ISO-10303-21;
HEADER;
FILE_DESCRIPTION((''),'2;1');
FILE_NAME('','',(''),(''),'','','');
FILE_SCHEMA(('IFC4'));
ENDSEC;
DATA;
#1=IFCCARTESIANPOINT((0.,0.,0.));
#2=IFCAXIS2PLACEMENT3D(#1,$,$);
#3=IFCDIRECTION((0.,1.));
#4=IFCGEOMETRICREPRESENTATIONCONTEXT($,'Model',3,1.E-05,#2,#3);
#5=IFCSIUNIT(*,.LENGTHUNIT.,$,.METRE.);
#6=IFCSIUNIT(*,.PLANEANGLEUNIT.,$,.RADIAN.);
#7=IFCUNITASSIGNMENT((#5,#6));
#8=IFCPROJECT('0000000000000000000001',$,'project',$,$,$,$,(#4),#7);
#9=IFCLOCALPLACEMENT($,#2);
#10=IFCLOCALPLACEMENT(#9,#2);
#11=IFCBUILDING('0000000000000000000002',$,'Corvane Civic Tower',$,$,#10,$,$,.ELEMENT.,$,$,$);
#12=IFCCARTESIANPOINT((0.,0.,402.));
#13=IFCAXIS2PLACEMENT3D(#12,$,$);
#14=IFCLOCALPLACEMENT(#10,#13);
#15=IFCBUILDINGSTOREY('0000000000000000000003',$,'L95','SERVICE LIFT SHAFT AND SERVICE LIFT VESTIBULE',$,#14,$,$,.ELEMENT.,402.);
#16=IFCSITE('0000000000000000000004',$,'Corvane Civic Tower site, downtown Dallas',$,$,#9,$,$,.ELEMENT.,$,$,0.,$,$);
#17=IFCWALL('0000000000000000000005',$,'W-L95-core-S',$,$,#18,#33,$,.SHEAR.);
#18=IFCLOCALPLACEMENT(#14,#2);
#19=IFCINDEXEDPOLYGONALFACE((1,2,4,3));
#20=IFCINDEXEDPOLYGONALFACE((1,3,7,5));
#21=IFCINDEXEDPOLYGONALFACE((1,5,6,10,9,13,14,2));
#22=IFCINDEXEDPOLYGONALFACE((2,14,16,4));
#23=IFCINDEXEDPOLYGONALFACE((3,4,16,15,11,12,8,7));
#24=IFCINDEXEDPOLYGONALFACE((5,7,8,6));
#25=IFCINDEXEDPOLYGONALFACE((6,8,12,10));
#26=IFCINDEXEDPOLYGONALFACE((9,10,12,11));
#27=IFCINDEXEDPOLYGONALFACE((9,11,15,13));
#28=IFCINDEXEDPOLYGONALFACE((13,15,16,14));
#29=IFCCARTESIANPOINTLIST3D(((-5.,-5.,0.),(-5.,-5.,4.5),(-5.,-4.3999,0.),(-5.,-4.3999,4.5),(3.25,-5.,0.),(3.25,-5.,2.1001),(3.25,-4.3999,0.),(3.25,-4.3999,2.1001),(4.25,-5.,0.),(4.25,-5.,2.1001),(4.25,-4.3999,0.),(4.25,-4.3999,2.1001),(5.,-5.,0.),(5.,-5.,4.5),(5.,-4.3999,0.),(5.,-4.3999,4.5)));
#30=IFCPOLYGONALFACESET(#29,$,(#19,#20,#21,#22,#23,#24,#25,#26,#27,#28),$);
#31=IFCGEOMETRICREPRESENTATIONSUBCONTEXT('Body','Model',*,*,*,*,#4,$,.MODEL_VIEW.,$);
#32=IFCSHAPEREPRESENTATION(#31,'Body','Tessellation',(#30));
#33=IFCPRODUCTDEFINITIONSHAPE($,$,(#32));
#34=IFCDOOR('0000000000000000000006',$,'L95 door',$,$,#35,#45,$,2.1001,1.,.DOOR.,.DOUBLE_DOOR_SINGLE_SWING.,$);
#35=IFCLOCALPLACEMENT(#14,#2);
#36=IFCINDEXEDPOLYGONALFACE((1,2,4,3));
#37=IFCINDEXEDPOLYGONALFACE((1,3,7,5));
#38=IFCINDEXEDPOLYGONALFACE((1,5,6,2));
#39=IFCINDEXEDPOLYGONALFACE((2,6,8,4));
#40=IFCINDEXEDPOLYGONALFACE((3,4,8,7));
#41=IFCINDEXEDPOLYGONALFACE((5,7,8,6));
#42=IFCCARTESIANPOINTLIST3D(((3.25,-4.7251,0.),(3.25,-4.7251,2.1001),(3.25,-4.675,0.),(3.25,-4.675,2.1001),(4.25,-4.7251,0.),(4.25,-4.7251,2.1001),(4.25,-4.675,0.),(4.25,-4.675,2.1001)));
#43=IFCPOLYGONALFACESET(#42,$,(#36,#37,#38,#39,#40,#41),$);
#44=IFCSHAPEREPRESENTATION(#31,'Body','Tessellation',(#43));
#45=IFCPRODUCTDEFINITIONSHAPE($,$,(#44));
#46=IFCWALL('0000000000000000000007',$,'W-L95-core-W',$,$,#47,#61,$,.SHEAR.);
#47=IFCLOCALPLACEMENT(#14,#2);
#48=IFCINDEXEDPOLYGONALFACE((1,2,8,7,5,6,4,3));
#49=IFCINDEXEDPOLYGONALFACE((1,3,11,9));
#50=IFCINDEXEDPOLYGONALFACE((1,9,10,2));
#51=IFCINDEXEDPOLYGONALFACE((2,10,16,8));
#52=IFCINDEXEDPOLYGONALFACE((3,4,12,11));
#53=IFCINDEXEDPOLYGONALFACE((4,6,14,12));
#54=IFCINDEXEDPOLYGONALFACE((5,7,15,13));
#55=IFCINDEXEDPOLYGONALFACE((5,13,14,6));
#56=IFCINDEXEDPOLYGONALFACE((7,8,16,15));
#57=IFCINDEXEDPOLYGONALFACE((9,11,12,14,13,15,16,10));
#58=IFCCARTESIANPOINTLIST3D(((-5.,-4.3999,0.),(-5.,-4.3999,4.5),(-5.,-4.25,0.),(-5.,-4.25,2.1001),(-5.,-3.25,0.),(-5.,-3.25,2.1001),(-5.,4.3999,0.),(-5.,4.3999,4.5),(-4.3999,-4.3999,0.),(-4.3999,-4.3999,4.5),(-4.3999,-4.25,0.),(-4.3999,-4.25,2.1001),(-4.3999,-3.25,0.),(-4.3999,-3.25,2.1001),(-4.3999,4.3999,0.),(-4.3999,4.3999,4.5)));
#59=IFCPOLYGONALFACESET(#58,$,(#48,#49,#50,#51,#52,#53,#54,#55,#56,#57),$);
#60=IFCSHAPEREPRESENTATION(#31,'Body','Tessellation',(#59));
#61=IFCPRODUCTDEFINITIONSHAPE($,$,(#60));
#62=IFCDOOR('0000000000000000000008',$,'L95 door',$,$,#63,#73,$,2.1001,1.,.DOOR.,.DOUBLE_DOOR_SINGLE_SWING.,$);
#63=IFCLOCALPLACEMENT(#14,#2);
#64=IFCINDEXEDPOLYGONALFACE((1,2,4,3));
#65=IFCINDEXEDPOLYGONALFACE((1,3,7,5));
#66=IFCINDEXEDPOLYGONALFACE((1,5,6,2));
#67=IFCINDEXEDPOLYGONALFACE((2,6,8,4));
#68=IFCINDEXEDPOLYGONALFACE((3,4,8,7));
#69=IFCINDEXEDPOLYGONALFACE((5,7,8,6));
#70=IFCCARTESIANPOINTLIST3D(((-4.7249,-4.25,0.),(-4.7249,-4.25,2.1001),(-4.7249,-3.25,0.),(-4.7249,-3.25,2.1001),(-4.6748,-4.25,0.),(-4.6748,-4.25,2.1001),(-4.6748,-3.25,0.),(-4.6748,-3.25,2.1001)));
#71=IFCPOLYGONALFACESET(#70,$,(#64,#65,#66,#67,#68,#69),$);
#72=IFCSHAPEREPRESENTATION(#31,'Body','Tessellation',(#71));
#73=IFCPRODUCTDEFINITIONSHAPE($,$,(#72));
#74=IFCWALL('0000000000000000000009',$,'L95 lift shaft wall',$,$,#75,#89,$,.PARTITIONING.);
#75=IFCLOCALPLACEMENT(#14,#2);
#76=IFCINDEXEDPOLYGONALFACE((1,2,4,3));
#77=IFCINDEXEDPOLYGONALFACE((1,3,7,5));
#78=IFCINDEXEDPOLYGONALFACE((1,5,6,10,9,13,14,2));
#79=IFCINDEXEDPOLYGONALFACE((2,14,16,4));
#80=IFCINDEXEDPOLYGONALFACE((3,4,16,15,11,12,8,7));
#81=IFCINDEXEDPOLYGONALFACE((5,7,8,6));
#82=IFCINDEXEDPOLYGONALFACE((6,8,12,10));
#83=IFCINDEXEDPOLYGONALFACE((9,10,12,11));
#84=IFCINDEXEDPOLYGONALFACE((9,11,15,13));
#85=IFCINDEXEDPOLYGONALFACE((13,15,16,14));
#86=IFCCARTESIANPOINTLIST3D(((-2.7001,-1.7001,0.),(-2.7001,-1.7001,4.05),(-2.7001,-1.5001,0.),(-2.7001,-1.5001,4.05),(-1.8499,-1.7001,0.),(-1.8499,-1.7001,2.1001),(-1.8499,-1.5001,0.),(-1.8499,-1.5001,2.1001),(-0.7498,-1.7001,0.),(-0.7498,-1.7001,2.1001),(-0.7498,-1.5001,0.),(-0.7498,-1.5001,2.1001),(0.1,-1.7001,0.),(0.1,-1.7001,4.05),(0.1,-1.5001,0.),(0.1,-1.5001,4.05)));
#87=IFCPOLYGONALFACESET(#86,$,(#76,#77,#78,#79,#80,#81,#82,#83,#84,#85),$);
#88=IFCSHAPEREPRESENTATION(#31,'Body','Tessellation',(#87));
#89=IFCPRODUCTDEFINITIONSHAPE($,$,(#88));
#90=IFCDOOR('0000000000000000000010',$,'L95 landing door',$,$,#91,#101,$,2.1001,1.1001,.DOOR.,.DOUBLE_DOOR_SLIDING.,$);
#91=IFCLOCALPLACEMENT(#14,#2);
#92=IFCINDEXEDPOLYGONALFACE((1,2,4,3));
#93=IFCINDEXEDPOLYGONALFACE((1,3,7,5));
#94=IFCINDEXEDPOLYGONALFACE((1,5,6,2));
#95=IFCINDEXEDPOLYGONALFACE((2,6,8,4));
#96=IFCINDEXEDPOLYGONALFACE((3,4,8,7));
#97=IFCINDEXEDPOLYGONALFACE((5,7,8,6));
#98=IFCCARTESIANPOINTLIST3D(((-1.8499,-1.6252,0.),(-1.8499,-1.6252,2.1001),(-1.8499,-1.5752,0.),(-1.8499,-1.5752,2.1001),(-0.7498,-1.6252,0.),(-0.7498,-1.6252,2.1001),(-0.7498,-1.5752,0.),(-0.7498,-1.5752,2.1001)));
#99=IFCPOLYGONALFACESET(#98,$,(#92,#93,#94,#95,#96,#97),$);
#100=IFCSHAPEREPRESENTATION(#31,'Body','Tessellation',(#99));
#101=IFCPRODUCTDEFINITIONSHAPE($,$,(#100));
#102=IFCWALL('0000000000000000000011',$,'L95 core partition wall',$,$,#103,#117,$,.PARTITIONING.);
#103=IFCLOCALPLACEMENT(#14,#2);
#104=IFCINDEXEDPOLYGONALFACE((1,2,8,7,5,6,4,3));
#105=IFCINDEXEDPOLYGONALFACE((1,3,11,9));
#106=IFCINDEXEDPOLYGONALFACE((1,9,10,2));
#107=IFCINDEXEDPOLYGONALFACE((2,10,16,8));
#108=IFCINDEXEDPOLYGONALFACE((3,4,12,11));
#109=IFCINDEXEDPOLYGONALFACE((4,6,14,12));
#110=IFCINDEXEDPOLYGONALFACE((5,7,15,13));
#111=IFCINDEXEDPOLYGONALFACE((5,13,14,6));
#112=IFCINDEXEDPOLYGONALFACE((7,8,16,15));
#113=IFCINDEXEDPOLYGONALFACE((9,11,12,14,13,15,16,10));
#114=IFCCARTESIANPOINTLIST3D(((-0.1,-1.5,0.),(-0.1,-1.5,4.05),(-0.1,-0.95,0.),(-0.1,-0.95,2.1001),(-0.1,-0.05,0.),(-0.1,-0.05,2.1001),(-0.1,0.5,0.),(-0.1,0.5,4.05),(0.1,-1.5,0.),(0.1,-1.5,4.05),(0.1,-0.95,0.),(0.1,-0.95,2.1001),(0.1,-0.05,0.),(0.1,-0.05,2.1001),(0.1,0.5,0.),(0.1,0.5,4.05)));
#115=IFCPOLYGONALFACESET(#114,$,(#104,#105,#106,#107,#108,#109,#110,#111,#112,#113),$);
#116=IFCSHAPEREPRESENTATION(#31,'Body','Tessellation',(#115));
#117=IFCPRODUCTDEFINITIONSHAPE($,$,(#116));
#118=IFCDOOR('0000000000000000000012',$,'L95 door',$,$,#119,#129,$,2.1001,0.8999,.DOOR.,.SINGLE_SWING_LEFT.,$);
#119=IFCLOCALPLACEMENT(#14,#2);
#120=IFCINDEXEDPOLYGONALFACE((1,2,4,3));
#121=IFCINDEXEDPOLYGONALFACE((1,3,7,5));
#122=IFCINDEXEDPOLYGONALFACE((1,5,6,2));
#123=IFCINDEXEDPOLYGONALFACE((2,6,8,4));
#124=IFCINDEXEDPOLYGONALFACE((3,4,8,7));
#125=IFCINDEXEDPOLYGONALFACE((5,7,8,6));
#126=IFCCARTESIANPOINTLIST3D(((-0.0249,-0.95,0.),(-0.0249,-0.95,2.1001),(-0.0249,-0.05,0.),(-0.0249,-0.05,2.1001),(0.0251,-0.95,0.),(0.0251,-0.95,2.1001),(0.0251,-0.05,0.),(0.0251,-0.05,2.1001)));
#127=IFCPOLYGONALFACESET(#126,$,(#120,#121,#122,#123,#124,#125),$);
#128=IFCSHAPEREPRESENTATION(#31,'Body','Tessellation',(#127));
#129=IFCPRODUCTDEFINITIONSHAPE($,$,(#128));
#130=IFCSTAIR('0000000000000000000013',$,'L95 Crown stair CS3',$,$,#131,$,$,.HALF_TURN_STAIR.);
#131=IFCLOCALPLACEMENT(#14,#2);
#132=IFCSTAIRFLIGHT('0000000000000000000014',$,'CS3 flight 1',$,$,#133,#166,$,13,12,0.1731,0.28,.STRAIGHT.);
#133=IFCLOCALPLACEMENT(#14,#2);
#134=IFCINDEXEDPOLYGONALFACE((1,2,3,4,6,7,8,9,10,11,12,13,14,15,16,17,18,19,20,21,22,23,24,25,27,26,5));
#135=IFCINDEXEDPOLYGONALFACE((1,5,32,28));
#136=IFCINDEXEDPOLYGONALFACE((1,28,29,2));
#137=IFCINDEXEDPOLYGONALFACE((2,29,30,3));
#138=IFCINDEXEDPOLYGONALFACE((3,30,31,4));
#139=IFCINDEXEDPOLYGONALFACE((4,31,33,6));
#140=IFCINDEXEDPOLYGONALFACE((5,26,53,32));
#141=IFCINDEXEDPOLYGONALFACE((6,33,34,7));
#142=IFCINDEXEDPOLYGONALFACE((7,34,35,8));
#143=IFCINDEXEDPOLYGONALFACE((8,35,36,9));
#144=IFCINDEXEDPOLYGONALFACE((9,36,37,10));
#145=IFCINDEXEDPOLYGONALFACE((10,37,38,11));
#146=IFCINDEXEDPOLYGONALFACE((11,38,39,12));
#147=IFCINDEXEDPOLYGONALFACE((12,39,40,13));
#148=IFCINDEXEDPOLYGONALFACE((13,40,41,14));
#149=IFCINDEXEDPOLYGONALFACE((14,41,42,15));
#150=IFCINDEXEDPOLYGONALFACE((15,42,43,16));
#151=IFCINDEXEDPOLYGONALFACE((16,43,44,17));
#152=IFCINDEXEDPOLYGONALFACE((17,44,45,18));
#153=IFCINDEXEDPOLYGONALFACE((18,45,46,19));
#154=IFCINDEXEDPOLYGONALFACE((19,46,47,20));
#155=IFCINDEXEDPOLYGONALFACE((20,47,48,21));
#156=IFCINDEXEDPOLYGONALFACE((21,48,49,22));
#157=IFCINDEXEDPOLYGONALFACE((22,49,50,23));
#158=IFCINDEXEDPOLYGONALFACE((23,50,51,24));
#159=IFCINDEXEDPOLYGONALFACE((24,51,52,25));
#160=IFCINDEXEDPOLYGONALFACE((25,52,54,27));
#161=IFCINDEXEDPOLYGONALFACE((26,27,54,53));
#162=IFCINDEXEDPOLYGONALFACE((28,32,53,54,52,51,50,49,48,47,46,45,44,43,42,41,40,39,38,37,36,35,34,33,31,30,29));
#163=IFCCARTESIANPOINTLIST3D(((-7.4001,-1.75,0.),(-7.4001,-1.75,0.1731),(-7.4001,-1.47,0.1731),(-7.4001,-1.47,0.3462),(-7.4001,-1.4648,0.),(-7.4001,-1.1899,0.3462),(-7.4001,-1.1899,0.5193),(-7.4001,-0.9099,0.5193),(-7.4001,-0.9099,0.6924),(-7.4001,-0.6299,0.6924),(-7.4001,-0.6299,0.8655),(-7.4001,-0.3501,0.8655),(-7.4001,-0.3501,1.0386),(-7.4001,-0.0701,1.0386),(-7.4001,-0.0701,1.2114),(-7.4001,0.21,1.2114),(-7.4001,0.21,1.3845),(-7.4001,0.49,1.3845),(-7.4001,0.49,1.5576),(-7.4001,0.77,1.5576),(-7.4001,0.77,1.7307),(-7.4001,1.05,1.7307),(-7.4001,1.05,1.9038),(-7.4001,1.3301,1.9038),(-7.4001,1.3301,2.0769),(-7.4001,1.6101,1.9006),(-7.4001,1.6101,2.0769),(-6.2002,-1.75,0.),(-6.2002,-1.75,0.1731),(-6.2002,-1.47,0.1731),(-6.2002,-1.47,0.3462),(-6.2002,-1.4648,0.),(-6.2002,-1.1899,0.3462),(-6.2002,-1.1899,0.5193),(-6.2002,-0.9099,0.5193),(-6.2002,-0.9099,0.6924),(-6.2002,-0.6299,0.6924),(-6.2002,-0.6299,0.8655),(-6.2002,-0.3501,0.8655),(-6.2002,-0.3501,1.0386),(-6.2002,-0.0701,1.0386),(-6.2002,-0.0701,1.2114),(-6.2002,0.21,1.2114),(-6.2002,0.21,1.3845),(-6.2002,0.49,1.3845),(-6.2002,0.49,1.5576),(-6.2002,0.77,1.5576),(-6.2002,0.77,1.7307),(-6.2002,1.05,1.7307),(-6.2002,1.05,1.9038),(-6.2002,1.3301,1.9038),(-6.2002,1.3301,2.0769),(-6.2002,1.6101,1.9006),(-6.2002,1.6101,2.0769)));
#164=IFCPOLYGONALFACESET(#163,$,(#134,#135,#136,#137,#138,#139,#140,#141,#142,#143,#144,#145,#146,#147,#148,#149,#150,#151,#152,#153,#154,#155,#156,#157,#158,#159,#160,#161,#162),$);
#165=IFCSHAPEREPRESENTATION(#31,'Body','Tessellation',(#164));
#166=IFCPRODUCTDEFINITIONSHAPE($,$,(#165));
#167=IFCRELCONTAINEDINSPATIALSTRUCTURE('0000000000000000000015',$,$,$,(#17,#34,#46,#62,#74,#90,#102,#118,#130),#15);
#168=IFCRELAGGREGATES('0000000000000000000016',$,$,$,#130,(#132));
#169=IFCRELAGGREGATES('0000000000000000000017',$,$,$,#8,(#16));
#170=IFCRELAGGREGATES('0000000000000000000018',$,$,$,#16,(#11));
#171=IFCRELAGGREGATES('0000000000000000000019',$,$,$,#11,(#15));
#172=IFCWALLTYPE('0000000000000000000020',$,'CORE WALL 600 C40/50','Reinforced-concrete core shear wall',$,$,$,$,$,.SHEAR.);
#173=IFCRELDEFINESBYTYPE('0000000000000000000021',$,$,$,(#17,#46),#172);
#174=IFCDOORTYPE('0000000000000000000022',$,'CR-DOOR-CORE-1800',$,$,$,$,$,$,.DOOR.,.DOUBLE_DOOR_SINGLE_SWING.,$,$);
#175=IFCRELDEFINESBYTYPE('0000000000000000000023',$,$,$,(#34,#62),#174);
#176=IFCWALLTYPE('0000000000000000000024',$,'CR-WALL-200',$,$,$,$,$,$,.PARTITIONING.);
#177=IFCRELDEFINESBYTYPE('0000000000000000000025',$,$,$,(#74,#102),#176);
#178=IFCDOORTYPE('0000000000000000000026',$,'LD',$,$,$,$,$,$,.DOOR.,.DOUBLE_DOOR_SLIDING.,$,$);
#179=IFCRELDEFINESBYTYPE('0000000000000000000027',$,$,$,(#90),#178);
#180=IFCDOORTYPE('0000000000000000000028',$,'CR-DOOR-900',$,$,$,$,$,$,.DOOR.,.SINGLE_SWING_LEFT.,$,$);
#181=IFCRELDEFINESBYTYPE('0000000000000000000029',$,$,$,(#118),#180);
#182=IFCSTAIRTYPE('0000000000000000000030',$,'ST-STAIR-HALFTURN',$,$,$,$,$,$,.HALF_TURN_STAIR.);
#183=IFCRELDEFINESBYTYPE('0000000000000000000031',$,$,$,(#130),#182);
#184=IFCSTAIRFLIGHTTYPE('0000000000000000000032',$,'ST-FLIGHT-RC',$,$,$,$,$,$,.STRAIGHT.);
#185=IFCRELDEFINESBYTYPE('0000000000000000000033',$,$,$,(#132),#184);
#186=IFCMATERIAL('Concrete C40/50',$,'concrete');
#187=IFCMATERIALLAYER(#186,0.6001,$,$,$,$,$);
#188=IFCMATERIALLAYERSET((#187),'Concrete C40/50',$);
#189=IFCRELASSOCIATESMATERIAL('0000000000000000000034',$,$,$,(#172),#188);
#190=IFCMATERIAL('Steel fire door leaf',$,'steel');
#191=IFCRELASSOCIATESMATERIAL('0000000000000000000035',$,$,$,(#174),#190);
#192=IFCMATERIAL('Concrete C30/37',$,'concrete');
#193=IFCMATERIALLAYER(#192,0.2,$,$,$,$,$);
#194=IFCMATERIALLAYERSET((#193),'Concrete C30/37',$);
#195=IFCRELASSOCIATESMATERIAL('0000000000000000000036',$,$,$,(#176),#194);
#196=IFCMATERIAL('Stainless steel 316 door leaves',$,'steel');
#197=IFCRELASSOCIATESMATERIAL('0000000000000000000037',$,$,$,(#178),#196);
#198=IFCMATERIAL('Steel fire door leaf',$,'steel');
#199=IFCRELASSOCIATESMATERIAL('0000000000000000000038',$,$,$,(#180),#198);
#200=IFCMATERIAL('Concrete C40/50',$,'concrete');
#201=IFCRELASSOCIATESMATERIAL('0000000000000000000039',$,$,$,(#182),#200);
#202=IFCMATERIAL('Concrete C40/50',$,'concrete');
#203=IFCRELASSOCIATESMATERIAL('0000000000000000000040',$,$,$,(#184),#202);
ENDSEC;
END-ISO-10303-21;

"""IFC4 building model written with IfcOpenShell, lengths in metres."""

from ifc_helpers import new_model, si_unit, direction, frame, frame_2d, origin, place, context, subcontext, project, spatial, polyline, rectangle, outline, extrude, material, layer, layer_set, type_object, element, fill, aggregate, save


model = new_model("IFC4")

# Units and contexts
model_context = context("Model", 3, precision=1e-05, world=origin(), true_north=direction((0.0, 1.0)))
body_context = subcontext(model_context, "Body", "Model", "MODEL_VIEW")
ifc_project = project(units=[si_unit("LENGTHUNIT", "METRE"), si_unit("PLANEANGLEUNIT", "RADIAN")], contexts=[model_context])

# Site, building, storey
site_placement = place(None, origin())
site = spatial("IfcSite", under=ifc_project, at=site_placement, Name="Corvane Civic Tower site, downtown Dallas", CompositionType="ELEMENT", RefElevation=0.0)
building_placement = place(site_placement, origin())
building = spatial("IfcBuilding", under=site, at=building_placement, Name="Corvane Civic Tower", CompositionType="ELEMENT")
storey_placement = place(building_placement, frame((0.0, 0.0, 402.0)))
storey = spatial("IfcBuildingStorey", under=building, at=storey_placement, Name="L95", Description="SERVICE LIFT SHAFT AND SERVICE LIFT VESTIBULE", CompositionType="ELEMENT", Elevation=402.0)

# Walls, openings, doors
ifc_material_1 = material(Name="Concrete C40/50", Category="concrete")
ifc_layer_1 = layer(ifc_material_1, 0.6001)
ifc_layer_set_1 = layer_set([ifc_layer_1], Name="Concrete C40/50")
wall_type_1 = type_object("IfcWallType", Name="CORE WALL 600 C40/50", Description="Reinforced-concrete core shear wall", PredefinedType="SHEAR", material=ifc_layer_set_1)
wall_1_placement = place(storey_placement, frame((-5.0, -4.7, 0.0), z_axis=(0.0, 0.0, 1.0), x_axis=(1.0, 0.0, 0.0)))
wall_1 = element("IfcWall", 1, at=wall_1_placement, inside=storey, type_object=wall_type_1, Name="W-L95-core-S", PredefinedType="SHEAR", context=body_context, shape_type="SweptSolid", body=[
    extrude(rectangle(XDim=10.0, YDim=0.6001, at=frame_2d((5.0, 0.0))), origin(), (0.0, 0.0, 1.0), 4.5),
])
opening_1_placement = place(wall_1_placement, frame((8.25, 0.0, 0.0)))
opening_1 = element("IfcOpeningElement", 2, at=opening_1_placement, cuts=wall_1, PredefinedType="OPENING", context=body_context, shape_type="SweptSolid", body=[
    extrude(rectangle(XDim=1.0, YDim=2.1001, at=frame_2d((0.5, 1.05))), frame((0.0, 0.3101, 0.0), z_axis=(0.0, -1.0, 0.0), x_axis=(1.0, 0.0, 0.0)), (0.0, 0.0, 1.0), 0.6201),
])
ifc_material_2 = material(Name="Steel fire door leaf", Category="steel")
door_type_1 = type_object("IfcDoorType", Name="CR-DOOR-CORE-1800", OperationType="DOUBLE_DOOR_SINGLE_SWING", PredefinedType="DOOR", material=ifc_material_2)
door_1_placement = place(opening_1_placement, origin())
door_1 = element("IfcDoor", 3, at=door_1_placement, inside=storey, type_object=door_type_1, Name="L95 door", OperationType="DOUBLE_DOOR_SINGLE_SWING", OverallHeight=2.1001, OverallWidth=1.0, PredefinedType="DOOR", context=body_context, shape_type="SweptSolid", body=[
    extrude(rectangle(XDim=1.0, YDim=2.1001, at=frame_2d((0.5, 1.05))), frame((0.0, 0.0249, 0.0), z_axis=(0.0, -1.0, 0.0), x_axis=(1.0, 0.0, 0.0)), (0.0, 0.0, 1.0), 0.05),
])
fill(opening_1, door_1)
wall_2_placement = place(storey_placement, frame((-4.7, -4.3999, 0.0), z_axis=(0.0, 0.0, 1.0), x_axis=(0.0, 1.0, 0.0)))
wall_2 = element("IfcWall", 4, at=wall_2_placement, inside=storey, type_object=wall_type_1, Name="W-L95-core-W", PredefinedType="SHEAR", context=body_context, shape_type="SweptSolid", body=[
    extrude(rectangle(XDim=8.7998, YDim=0.6001, at=frame_2d((4.3999, 0.0))), origin(), (0.0, 0.0, 1.0), 4.5),
])
opening_2_placement = place(wall_2_placement, frame((0.1499, 0.0, 0.0)))
opening_2 = element("IfcOpeningElement", 5, at=opening_2_placement, cuts=wall_2, PredefinedType="OPENING", context=body_context, shape_type="SweptSolid", body=[
    extrude(rectangle(XDim=1.0, YDim=2.1001, at=frame_2d((0.5, 1.05))), frame((0.0, 0.3101, 0.0), z_axis=(0.0, -1.0, 0.0), x_axis=(1.0, 0.0, 0.0)), (0.0, 0.0, 1.0), 0.6201),
])
door_2_placement = place(opening_2_placement, origin())
door_2 = element("IfcDoor", 6, at=door_2_placement, inside=storey, type_object=door_type_1, Name="L95 door", OperationType="DOUBLE_DOOR_SINGLE_SWING", OverallHeight=2.1001, OverallWidth=1.0, PredefinedType="DOOR", context=body_context, shape_type="SweptSolid", body=[
    extrude(rectangle(XDim=1.0, YDim=2.1001, at=frame_2d((0.5, 1.05))), frame((0.0, 0.0249, 0.0), z_axis=(0.0, -1.0, 0.0), x_axis=(1.0, 0.0, 0.0)), (0.0, 0.0, 1.0), 0.05),
])
fill(opening_2, door_2)
ifc_material_3 = material(Name="Concrete C30/37", Category="concrete")
ifc_layer_2 = layer(ifc_material_3, 0.2)
ifc_layer_set_2 = layer_set([ifc_layer_2], Name="Concrete C30/37")
wall_type_2 = type_object("IfcWallType", Name="CR-WALL-200", PredefinedType="PARTITIONING", material=ifc_layer_set_2)
wall_3_placement = place(storey_placement, frame((-2.7, -1.6001, 0.0), z_axis=(0.0, 0.0, 1.0), x_axis=(1.0, 0.0, 0.0)))
wall_3 = element("IfcWall", 7, at=wall_3_placement, inside=storey, type_object=wall_type_2, Name="L95 lift shaft wall", PredefinedType="PARTITIONING", context=body_context, shape_type="SweptSolid", body=[
    extrude(rectangle(XDim=2.8, YDim=0.2, at=frame_2d((1.3999, 0.0))), origin(), (0.0, 0.0, 1.0), 4.05),
])
opening_3_placement = place(wall_3_placement, frame((0.8501, 0.0, 0.0)))
opening_3 = element("IfcOpeningElement", 8, at=opening_3_placement, cuts=wall_3, PredefinedType="OPENING", context=body_context, shape_type="SweptSolid", body=[
    extrude(rectangle(XDim=1.1001, YDim=2.1001, at=frame_2d((0.55, 1.05))), frame((0.0, 0.1099, 0.0), z_axis=(0.0, -1.0, 0.0), x_axis=(1.0, 0.0, 0.0)), (0.0, 0.0, 1.0), 0.22),
])
ifc_material_4 = material(Name="Stainless steel 316 door leaves", Category="steel")
door_type_2 = type_object("IfcDoorType", Name="LD", OperationType="DOUBLE_DOOR_SLIDING", PredefinedType="DOOR", material=ifc_material_4)
door_3_placement = place(opening_3_placement, origin())
door_3 = element("IfcDoor", 9, at=door_3_placement, inside=storey, type_object=door_type_2, Name="L95 landing door", OperationType="DOUBLE_DOOR_SLIDING", OverallHeight=2.1001, OverallWidth=1.1001, PredefinedType="DOOR", context=body_context, shape_type="SweptSolid", body=[
    extrude(rectangle(XDim=1.1001, YDim=2.1001, at=frame_2d((0.55, 1.05))), frame((0.0, 0.0249, 0.0), z_axis=(0.0, -1.0, 0.0), x_axis=(1.0, 0.0, 0.0)), (0.0, 0.0, 1.0), 0.05),
])
fill(opening_3, door_3)
wall_4_placement = place(storey_placement, frame((0.0, -1.5, 0.0), z_axis=(0.0, 0.0, 1.0), x_axis=(0.0, 1.0, 0.0)))
wall_4 = element("IfcWall", 10, at=wall_4_placement, inside=storey, type_object=wall_type_2, Name="L95 core partition wall", PredefinedType="PARTITIONING", context=body_context, shape_type="SweptSolid", body=[
    extrude(rectangle(XDim=2.0, YDim=0.2, at=frame_2d((1.0, 0.0))), origin(), (0.0, 0.0, 1.0), 4.05),
])
opening_4_placement = place(wall_4_placement, frame((0.55, 0.0, 0.0)))
opening_4 = element("IfcOpeningElement", 11, at=opening_4_placement, cuts=wall_4, PredefinedType="OPENING", context=body_context, shape_type="SweptSolid", body=[
    extrude(rectangle(XDim=0.8999, YDim=2.1001, at=frame_2d((0.45, 1.05))), frame((0.0, 0.1099, 0.0), z_axis=(0.0, -1.0, 0.0), x_axis=(1.0, 0.0, 0.0)), (0.0, 0.0, 1.0), 0.22),
])
ifc_material_5 = material(Name="Steel fire door leaf", Category="steel")
door_type_3 = type_object("IfcDoorType", Name="CR-DOOR-900", OperationType="SINGLE_SWING_LEFT", PredefinedType="DOOR", material=ifc_material_5)
door_4_placement = place(opening_4_placement, origin())
door_4 = element("IfcDoor", 12, at=door_4_placement, inside=storey, type_object=door_type_3, Name="L95 door", OperationType="SINGLE_SWING_LEFT", OverallHeight=2.1001, OverallWidth=0.8999, PredefinedType="DOOR", context=body_context, shape_type="SweptSolid", body=[
    extrude(rectangle(XDim=0.8999, YDim=2.1001, at=frame_2d((0.45, 1.05))), frame((0.0, 0.0249, 0.0), z_axis=(0.0, -1.0, 0.0), x_axis=(1.0, 0.0, 0.0)), (0.0, 0.0, 1.0), 0.05),
])
fill(opening_4, door_4)

# Stair, stair flight
ifc_material_6 = material(Name="Concrete C40/50", Category="concrete")
stair_type = type_object("IfcStairType", Name="ST-STAIR-HALFTURN", PredefinedType="HALF_TURN_STAIR", material=ifc_material_6)
stair_1_placement = place(storey_placement, origin())
stair_1 = element("IfcStair", 13, at=stair_1_placement, inside=storey, type_object=stair_type, Name="L95 Crown stair CS3", PredefinedType="HALF_TURN_STAIR")
ifc_material_7 = material(Name="Concrete C40/50", Category="concrete")
stair_flight_type = type_object("IfcStairFlightType", Name="ST-FLIGHT-RC", PredefinedType="STRAIGHT", material=ifc_material_7)
stair_flight_1_placement = place(storey_placement, frame((-6.8, -1.75, 0.0), z_axis=(0.0, 0.0, 1.0), x_axis=(0.0, 1.0, 0.0)))
stair_flight_1 = element("IfcStairFlight", 14, at=stair_flight_1_placement, type_object=stair_flight_type, Name="CS3 flight 1", NumberOfRisers=13, NumberOfTreads=12, PredefinedType="STRAIGHT", RiserHeight=0.1731, TreadLength=0.28, context=body_context, shape_type="SweptSolid", body=[
    extrude(outline(polyline([(0.0, 0.0), (0.0, 0.1731), (0.28, 0.1731), (0.28, 0.3462), (0.5601, 0.3462), (0.5601, 0.5193), (0.8401, 0.5193), (0.8401, 0.6924), (1.1201, 0.6924), (1.1201, 0.8655), (1.3999, 0.8655), (1.3999, 1.0386), (1.6799, 1.0386), (1.6799, 1.2114), (1.96, 1.2114), (1.96, 1.3845), (2.24, 1.3845), (2.24, 1.5576), (2.52, 1.5576), (2.52, 1.7307), (2.8, 1.7307), (2.8, 1.9038), (3.0801, 1.9038), (3.0801, 2.0769), (3.3601, 2.0769), (3.3601, 2.25), (3.3601, 1.9006), (0.2852, 0.0), (0.0, 0.0)])), frame((0.0, 0.6001, 0.0), z_axis=(0.0, -1.0, 0.0), x_axis=(1.0, 0.0, 0.0)), (0.0, 0.0, 1.0), 1.2),
])
aggregate(stair_1, [stair_flight_1])

save(model, "model.ifc")
